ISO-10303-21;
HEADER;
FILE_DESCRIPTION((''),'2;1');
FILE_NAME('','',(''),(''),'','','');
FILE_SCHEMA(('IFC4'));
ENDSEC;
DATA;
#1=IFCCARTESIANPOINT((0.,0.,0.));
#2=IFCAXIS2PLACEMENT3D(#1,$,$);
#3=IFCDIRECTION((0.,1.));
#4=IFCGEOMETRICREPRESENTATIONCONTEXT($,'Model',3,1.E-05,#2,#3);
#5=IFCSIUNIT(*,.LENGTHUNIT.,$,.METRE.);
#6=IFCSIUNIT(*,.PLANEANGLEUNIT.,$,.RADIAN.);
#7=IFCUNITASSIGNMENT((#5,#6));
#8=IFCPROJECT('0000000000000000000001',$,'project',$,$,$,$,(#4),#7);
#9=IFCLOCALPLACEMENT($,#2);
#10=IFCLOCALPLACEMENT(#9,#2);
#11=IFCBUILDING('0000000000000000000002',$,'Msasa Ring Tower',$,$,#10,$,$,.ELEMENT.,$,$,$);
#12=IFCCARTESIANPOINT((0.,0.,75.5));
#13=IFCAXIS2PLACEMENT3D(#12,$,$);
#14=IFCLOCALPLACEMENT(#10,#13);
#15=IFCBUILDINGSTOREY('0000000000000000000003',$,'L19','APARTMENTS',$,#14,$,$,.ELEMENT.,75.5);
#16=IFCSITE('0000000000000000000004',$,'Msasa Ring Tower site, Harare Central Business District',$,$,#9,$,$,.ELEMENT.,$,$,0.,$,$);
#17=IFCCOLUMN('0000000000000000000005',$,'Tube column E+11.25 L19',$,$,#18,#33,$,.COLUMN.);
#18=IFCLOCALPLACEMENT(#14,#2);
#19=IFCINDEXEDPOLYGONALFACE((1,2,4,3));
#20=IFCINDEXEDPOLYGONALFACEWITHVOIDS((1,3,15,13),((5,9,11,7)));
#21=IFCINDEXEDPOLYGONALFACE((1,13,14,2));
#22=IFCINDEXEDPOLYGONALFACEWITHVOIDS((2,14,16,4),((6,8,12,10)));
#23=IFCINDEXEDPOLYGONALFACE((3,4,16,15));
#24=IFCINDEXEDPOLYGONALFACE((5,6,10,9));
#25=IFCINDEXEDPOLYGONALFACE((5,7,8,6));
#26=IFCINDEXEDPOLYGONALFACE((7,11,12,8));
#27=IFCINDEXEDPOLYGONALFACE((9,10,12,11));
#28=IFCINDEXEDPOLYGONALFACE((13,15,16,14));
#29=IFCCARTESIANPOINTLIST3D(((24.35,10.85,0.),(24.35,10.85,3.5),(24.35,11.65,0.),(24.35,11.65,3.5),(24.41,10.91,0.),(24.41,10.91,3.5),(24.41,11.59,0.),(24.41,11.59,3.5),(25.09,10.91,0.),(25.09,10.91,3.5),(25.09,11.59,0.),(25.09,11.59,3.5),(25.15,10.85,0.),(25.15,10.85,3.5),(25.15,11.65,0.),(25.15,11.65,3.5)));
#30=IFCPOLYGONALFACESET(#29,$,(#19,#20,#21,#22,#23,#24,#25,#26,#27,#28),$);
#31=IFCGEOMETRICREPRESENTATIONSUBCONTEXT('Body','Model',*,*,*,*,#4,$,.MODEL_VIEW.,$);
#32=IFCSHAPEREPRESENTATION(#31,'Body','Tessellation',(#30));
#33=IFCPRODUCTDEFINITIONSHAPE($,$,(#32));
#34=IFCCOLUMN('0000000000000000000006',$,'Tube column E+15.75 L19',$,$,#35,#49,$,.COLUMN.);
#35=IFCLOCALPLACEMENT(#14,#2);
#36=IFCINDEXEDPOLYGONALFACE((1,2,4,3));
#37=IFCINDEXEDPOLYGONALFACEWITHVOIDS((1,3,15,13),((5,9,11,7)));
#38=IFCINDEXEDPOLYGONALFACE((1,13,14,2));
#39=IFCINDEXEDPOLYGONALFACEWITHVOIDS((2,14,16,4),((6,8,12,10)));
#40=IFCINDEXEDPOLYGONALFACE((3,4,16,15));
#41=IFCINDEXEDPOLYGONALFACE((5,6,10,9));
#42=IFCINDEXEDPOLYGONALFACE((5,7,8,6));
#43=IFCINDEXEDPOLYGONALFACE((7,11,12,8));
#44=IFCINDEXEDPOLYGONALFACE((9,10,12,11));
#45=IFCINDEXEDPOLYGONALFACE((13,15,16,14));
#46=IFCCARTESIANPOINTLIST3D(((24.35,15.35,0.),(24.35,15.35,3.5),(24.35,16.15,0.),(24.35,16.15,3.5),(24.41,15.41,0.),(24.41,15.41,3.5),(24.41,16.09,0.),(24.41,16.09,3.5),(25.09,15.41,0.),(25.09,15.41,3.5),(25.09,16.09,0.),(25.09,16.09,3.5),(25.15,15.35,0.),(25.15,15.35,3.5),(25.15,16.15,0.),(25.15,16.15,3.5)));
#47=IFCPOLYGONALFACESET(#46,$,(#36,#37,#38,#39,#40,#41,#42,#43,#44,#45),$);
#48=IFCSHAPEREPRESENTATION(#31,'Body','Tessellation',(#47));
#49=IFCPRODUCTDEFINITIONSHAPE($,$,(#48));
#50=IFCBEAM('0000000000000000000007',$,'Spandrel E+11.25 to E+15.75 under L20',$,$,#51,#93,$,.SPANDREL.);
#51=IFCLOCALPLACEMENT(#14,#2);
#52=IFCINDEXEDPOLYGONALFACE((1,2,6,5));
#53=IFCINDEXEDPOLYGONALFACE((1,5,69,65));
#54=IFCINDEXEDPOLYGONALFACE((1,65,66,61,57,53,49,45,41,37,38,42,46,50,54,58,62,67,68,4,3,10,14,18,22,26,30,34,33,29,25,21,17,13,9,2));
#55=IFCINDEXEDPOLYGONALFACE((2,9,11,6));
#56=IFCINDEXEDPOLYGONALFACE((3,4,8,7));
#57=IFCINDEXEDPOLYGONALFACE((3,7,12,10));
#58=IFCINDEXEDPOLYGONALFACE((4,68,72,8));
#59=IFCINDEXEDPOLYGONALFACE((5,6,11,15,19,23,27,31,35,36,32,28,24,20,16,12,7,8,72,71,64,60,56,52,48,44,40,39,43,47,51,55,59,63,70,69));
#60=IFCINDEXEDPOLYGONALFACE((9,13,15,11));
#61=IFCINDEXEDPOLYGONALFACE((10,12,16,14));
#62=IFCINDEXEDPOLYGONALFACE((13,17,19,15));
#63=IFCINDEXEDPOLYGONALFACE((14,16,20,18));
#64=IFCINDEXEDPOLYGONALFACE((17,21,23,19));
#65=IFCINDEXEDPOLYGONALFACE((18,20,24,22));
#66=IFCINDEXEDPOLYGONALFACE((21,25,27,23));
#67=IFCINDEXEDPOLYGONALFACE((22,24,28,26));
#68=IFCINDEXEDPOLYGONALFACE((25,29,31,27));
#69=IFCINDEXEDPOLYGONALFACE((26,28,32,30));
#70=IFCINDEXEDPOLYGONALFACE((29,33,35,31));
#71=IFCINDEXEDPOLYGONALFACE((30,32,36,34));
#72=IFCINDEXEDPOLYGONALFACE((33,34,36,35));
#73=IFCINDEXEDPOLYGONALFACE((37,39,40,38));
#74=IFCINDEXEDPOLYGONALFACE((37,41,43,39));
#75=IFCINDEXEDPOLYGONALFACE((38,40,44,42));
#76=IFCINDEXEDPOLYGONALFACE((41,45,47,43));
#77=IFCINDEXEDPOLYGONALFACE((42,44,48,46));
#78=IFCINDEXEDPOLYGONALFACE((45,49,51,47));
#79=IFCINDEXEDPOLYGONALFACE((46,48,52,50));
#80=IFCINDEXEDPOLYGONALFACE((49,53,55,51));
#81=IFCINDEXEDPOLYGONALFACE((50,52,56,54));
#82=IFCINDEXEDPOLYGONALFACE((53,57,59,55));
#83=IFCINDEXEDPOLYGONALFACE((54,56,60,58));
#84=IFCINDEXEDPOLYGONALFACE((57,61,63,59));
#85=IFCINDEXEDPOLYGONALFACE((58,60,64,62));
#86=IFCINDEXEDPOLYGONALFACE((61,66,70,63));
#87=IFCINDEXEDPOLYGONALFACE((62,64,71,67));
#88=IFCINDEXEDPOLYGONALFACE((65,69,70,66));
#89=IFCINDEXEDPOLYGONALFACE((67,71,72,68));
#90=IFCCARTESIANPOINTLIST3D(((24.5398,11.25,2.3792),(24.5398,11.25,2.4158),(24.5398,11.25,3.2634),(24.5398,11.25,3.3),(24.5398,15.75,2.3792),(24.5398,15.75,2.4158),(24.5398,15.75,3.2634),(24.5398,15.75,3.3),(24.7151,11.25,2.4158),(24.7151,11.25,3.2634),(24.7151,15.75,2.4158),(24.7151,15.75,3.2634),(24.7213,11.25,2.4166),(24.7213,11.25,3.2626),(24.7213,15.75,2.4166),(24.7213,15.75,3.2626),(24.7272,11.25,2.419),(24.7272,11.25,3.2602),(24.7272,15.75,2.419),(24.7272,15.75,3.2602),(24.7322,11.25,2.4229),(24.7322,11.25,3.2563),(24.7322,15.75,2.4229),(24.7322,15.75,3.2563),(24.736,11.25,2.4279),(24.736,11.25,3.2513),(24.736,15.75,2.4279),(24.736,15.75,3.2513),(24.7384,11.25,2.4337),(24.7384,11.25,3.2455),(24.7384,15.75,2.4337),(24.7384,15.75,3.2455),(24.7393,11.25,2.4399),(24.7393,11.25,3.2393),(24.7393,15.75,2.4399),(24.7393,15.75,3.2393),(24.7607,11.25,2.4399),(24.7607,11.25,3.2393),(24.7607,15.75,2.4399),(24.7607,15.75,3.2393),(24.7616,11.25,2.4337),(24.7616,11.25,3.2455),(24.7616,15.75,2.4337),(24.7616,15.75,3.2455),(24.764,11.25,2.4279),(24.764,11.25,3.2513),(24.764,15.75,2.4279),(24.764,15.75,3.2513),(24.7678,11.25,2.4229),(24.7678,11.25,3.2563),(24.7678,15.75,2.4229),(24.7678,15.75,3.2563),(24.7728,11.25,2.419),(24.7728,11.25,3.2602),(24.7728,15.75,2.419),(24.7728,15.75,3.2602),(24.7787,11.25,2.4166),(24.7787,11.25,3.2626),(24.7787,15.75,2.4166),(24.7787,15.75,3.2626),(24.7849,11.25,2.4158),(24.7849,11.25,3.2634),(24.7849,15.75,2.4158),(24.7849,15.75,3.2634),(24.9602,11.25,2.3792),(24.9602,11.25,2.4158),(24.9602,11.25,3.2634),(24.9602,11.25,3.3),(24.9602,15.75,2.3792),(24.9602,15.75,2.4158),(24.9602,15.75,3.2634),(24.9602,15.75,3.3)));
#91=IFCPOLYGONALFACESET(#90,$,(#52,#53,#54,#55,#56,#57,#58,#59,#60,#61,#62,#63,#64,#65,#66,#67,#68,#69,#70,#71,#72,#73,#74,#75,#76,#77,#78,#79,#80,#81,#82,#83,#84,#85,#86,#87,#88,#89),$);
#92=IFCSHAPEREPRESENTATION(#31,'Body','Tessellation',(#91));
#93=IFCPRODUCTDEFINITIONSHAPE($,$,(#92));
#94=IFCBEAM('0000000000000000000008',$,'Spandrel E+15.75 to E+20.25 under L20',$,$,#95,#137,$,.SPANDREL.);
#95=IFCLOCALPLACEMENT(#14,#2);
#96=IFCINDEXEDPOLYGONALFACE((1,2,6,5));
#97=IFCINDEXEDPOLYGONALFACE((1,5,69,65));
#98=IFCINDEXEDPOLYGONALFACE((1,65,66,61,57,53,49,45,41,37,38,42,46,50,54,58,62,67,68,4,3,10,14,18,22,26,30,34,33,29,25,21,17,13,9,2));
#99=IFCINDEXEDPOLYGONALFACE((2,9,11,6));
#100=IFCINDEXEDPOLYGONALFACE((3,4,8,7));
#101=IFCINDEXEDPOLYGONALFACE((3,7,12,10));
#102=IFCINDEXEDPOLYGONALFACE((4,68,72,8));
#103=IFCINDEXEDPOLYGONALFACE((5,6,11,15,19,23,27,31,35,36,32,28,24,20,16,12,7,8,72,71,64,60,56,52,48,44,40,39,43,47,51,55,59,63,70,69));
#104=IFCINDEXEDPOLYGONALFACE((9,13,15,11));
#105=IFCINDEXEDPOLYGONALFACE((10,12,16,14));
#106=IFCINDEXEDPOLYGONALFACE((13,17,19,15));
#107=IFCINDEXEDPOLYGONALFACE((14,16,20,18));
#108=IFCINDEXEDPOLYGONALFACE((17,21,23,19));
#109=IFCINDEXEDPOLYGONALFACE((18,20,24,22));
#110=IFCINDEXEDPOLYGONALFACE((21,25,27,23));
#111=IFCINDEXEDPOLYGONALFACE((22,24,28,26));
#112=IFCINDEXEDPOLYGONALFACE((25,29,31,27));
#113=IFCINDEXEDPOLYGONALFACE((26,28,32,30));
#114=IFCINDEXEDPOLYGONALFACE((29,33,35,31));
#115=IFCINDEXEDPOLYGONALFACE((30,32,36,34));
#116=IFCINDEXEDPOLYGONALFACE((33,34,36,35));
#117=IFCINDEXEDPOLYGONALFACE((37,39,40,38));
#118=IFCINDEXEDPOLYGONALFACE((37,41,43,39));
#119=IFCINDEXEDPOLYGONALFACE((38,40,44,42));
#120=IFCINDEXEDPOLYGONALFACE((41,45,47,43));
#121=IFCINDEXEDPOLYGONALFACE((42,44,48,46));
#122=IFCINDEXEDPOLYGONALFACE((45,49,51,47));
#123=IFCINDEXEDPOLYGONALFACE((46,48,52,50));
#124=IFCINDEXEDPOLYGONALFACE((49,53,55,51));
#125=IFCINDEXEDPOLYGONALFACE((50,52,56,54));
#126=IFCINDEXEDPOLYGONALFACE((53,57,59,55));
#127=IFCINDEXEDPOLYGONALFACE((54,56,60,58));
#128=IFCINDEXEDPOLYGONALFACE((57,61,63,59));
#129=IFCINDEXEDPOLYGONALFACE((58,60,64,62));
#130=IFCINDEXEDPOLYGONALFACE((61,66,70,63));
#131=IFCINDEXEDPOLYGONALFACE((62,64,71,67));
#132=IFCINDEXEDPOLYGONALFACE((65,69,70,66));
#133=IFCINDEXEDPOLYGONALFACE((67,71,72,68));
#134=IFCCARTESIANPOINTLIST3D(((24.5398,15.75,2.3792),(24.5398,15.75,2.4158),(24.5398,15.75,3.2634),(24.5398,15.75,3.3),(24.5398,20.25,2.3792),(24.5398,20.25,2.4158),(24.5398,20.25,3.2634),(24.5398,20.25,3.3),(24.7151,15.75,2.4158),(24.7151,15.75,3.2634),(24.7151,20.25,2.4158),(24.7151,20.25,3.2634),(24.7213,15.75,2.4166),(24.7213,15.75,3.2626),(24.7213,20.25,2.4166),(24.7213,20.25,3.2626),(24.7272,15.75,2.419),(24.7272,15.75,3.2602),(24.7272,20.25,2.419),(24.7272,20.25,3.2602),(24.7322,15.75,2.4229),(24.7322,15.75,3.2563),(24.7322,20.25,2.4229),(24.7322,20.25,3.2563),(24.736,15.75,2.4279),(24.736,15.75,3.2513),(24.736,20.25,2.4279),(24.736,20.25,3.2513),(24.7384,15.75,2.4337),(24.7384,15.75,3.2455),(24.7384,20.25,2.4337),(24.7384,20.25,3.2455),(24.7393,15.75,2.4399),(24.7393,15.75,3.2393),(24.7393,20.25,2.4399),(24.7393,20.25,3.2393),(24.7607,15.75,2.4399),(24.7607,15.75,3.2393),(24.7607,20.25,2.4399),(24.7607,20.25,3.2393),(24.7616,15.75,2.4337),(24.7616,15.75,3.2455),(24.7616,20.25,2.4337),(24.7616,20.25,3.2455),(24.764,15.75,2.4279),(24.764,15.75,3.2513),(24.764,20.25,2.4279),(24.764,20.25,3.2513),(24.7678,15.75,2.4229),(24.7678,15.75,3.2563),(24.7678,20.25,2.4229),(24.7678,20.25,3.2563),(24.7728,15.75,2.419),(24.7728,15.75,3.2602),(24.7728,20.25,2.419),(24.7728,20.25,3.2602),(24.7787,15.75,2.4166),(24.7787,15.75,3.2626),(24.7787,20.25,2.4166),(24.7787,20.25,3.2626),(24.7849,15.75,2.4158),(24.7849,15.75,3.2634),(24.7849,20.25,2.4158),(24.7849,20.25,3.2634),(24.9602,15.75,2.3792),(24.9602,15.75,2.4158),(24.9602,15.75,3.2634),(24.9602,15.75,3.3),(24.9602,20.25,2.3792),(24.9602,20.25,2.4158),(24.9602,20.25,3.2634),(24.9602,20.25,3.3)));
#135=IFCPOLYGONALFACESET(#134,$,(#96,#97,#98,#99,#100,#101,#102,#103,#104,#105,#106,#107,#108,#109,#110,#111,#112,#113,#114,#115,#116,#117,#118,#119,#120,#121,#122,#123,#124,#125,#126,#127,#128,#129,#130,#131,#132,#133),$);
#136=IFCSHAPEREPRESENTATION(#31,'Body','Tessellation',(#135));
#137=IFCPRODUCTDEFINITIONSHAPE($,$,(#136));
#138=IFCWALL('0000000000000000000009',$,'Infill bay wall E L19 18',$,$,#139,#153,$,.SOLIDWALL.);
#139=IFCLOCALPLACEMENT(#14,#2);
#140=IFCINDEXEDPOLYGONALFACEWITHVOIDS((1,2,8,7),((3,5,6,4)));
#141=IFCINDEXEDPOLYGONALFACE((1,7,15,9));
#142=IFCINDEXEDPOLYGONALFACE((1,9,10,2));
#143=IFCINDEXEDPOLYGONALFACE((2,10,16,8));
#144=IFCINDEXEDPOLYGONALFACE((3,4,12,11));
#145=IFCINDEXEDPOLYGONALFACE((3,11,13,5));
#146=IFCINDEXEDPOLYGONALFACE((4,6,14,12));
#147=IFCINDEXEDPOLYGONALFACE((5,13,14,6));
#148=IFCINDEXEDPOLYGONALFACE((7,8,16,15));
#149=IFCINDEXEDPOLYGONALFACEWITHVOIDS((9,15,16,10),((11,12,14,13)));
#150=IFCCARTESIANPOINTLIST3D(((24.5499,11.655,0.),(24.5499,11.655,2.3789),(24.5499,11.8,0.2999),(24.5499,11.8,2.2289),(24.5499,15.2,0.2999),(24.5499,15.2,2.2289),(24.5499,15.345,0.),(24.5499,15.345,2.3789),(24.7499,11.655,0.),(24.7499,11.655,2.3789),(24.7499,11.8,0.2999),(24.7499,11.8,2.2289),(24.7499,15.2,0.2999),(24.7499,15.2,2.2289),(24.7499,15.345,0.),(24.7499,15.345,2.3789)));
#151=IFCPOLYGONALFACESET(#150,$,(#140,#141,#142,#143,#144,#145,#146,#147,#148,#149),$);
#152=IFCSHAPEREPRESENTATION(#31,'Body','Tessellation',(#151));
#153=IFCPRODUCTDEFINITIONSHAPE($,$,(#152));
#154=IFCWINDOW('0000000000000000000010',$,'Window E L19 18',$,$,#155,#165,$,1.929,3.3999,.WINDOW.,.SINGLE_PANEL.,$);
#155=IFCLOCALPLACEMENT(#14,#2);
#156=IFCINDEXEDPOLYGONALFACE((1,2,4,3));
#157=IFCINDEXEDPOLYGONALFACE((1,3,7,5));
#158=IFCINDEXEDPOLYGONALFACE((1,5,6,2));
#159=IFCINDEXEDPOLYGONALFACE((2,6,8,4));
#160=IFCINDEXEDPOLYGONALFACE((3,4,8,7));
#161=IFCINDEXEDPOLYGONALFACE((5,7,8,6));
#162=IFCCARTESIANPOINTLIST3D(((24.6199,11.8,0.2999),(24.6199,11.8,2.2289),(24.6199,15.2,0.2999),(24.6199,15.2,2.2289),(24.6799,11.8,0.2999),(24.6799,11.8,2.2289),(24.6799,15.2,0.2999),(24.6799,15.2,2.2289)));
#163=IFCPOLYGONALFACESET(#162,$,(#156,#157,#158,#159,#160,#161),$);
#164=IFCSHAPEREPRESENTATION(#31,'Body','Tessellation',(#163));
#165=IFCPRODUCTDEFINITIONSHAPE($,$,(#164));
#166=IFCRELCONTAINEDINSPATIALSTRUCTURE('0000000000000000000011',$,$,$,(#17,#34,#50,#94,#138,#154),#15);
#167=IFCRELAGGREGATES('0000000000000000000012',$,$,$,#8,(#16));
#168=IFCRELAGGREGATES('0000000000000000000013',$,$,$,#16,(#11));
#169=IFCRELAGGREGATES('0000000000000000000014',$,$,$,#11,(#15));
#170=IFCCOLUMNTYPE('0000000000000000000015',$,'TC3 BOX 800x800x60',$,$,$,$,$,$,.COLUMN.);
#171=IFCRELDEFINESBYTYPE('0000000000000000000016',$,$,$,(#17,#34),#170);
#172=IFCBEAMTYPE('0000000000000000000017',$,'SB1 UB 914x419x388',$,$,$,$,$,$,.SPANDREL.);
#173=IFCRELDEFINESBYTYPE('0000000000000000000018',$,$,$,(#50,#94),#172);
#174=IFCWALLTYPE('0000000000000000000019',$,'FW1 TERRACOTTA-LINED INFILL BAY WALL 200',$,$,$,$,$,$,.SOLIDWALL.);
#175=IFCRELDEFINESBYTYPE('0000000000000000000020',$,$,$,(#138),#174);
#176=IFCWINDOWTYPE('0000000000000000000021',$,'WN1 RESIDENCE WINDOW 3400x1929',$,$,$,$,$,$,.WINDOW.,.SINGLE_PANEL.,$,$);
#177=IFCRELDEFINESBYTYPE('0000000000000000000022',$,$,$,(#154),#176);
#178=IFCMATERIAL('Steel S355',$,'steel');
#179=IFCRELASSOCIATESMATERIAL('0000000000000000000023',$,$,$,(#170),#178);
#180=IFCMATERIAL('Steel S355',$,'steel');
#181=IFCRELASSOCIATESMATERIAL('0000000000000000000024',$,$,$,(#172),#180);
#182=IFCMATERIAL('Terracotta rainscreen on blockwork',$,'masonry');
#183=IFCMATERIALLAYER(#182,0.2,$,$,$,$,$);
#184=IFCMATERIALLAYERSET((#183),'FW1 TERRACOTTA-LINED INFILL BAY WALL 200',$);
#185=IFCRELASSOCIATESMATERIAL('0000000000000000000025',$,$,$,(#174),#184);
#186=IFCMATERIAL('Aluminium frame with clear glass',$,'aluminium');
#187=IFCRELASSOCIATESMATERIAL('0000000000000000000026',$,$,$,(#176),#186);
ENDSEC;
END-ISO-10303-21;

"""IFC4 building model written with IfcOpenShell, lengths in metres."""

from ifc_helpers import new_model, si_unit, direction, frame, frame_2d, origin, origin_2d, place, context, subcontext, project, spatial, rectangle, hollow_rectangle, i_section, extrude, material, layer, layer_set, material_profile, profile_set, type_object, element, fill, save


model = new_model("IFC4")

# Units and contexts
model_context = context("Model", 3, precision=1e-05, world=origin(), true_north=direction((0.0, 1.0)))
body_context = subcontext(model_context, "Body", "Model", "MODEL_VIEW")
ifc_project = project(units=[si_unit("LENGTHUNIT", "METRE"), si_unit("PLANEANGLEUNIT", "RADIAN")], contexts=[model_context])

# Site, building, storey
site_placement = place(None, origin())
site = spatial("IfcSite", under=ifc_project, at=site_placement, Name="Msasa Ring Tower site, Harare Central Business District", CompositionType="ELEMENT", RefElevation=0.0)
building_placement = place(site_placement, origin())
building = spatial("IfcBuilding", under=site, at=building_placement, Name="Msasa Ring Tower", CompositionType="ELEMENT")
storey_placement = place(building_placement, frame((0.0, 0.0, 75.5)))
storey = spatial("IfcBuildingStorey", under=building, at=storey_placement, Name="L19", Description="APARTMENTS", CompositionType="ELEMENT", Elevation=75.5)

# Columns
ifc_material_1 = material(Name="Steel S355", Category="steel")
ifc_material_profile_1 = material_profile(ifc_material_1, hollow_rectangle(XDim=0.8, YDim=0.8, WallThickness=0.0601, at=origin_2d()), Name="BOX 800x800x60")
ifc_profile_set_1 = profile_set([ifc_material_profile_1], Name="Steel S355")
column_type = type_object("IfcColumnType", Name="TC3 BOX 800x800x60", PredefinedType="COLUMN", material=ifc_profile_set_1)
for number, where, z_axis, x_axis, name in (
    (1, (24.75, 11.25, 0.0), (0.0, 0.0, 1.0), (1.0, 0.0, 0.0), "Tube column E+11.25 L19"),
    (2, (24.75, 15.75, 0.0), (0.0, 0.0, 1.0), (1.0, 0.0, 0.0), "Tube column E+15.75 L19"),
):
    element("IfcColumn", number, at=place(storey_placement, frame(where, z_axis=z_axis, x_axis=x_axis)), inside=storey, type_object=column_type, Name=name, PredefinedType="COLUMN", context=body_context, shape_type="SweptSolid", body=[
        extrude(hollow_rectangle(XDim=0.8, YDim=0.8, WallThickness=0.0601, at=origin_2d()), origin(), (0.0, 0.0, 1.0), 3.5),
    ])

# Beams
ifc_material_2 = material(Name="Steel S355", Category="steel")
ifc_material_profile_2 = material_profile(ifc_material_2, i_section(OverallWidth=0.4204, OverallDepth=0.9209, WebThickness=0.0215, FlangeThickness=0.0366, FilletRadius=0.0242, at=origin_2d()), Name="UB 914x419x388")
ifc_profile_set_2 = profile_set([ifc_material_profile_2], Name="Steel S355")
beam_type = type_object("IfcBeamType", Name="SB1 UB 914x419x388", PredefinedType="SPANDREL", material=ifc_profile_set_2)
for number, where, z_axis, x_axis, name in (
    (3, (24.75, 11.25, 2.8396), (0.0, 1.0, 0.0), (-1.0, 0.0, 0.0), "Spandrel E+11.25 to E+15.75 under L20"),
    (4, (24.75, 15.75, 2.8396), (0.0, 1.0, 0.0), (-1.0, 0.0, 0.0), "Spandrel E+15.75 to E+20.25 under L20"),
):
    element("IfcBeam", number, at=place(storey_placement, frame(where, z_axis=z_axis, x_axis=x_axis)), inside=storey, type_object=beam_type, Name=name, PredefinedType="SPANDREL", context=body_context, shape_type="SweptSolid", body=[
        extrude(i_section(OverallWidth=0.4204, OverallDepth=0.9209, WebThickness=0.0215, FlangeThickness=0.0366, FilletRadius=0.0242, at=origin_2d()), origin(), (0.0, 0.0, 1.0), 4.5),
    ])

# Wall, opening, window
ifc_material_3 = material(Name="Terracotta rainscreen on blockwork", Category="masonry")
ifc_layer_1 = layer(ifc_material_3, 0.2)
ifc_layer_set_1 = layer_set([ifc_layer_1], Name="FW1 TERRACOTTA-LINED INFILL BAY WALL 200")
wall_type_1 = type_object("IfcWallType", Name="FW1 TERRACOTTA-LINED INFILL BAY WALL 200", PredefinedType="SOLIDWALL", material=ifc_layer_set_1)
wall_1_placement = place(storey_placement, frame((24.6499, 11.655, 0.0), z_axis=(0.0, 0.0, 1.0), x_axis=(0.0, 1.0, 0.0)))
wall_1 = element("IfcWall", 5, at=wall_1_placement, inside=storey, type_object=wall_type_1, Name="Infill bay wall E L19 18", PredefinedType="SOLIDWALL", context=body_context, shape_type="SweptSolid", body=[
    extrude(rectangle(XDim=3.6899, YDim=0.2, at=frame_2d((1.845, 0.0))), origin(), (0.0, 0.0, 1.0), 2.3789),
])
opening_1_placement = place(wall_1_placement, frame((0.145, 0.0, 0.3)))
opening_1 = element("IfcOpeningElement", 6, at=opening_1_placement, cuts=wall_1, PredefinedType="OPENING", context=body_context, shape_type="SweptSolid", body=[
    extrude(rectangle(XDim=3.3999, YDim=1.929, at=frame_2d((1.7, 0.9644))), frame((0.0, 0.1099, 0.0), z_axis=(0.0, -1.0, 0.0), x_axis=(1.0, 0.0, 0.0)), (0.0, 0.0, 1.0), 0.22),
])
ifc_material_4 = material(Name="Aluminium frame with clear glass", Category="aluminium")
window_type = type_object("IfcWindowType", Name="WN1 RESIDENCE WINDOW 3400x1929", PartitioningType="SINGLE_PANEL", PredefinedType="WINDOW", material=ifc_material_4)
window_1_placement = place(opening_1_placement, origin())
window_1 = element("IfcWindow", 7, at=window_1_placement, inside=storey, type_object=window_type, Name="Window E L19 18", OverallHeight=1.929, OverallWidth=3.3999, PartitioningType="SINGLE_PANEL", PredefinedType="WINDOW", context=body_context, shape_type="SweptSolid", body=[
    extrude(rectangle(XDim=3.3999, YDim=1.929, at=frame_2d((1.7, 0.9644))), frame((0.0, 0.03, 0.0), z_axis=(0.0, -1.0, 0.0), x_axis=(1.0, 0.0, 0.0)), (0.0, 0.0, 1.0), 0.0601),
])
fill(opening_1, window_1)

save(model, "model.ifc")
